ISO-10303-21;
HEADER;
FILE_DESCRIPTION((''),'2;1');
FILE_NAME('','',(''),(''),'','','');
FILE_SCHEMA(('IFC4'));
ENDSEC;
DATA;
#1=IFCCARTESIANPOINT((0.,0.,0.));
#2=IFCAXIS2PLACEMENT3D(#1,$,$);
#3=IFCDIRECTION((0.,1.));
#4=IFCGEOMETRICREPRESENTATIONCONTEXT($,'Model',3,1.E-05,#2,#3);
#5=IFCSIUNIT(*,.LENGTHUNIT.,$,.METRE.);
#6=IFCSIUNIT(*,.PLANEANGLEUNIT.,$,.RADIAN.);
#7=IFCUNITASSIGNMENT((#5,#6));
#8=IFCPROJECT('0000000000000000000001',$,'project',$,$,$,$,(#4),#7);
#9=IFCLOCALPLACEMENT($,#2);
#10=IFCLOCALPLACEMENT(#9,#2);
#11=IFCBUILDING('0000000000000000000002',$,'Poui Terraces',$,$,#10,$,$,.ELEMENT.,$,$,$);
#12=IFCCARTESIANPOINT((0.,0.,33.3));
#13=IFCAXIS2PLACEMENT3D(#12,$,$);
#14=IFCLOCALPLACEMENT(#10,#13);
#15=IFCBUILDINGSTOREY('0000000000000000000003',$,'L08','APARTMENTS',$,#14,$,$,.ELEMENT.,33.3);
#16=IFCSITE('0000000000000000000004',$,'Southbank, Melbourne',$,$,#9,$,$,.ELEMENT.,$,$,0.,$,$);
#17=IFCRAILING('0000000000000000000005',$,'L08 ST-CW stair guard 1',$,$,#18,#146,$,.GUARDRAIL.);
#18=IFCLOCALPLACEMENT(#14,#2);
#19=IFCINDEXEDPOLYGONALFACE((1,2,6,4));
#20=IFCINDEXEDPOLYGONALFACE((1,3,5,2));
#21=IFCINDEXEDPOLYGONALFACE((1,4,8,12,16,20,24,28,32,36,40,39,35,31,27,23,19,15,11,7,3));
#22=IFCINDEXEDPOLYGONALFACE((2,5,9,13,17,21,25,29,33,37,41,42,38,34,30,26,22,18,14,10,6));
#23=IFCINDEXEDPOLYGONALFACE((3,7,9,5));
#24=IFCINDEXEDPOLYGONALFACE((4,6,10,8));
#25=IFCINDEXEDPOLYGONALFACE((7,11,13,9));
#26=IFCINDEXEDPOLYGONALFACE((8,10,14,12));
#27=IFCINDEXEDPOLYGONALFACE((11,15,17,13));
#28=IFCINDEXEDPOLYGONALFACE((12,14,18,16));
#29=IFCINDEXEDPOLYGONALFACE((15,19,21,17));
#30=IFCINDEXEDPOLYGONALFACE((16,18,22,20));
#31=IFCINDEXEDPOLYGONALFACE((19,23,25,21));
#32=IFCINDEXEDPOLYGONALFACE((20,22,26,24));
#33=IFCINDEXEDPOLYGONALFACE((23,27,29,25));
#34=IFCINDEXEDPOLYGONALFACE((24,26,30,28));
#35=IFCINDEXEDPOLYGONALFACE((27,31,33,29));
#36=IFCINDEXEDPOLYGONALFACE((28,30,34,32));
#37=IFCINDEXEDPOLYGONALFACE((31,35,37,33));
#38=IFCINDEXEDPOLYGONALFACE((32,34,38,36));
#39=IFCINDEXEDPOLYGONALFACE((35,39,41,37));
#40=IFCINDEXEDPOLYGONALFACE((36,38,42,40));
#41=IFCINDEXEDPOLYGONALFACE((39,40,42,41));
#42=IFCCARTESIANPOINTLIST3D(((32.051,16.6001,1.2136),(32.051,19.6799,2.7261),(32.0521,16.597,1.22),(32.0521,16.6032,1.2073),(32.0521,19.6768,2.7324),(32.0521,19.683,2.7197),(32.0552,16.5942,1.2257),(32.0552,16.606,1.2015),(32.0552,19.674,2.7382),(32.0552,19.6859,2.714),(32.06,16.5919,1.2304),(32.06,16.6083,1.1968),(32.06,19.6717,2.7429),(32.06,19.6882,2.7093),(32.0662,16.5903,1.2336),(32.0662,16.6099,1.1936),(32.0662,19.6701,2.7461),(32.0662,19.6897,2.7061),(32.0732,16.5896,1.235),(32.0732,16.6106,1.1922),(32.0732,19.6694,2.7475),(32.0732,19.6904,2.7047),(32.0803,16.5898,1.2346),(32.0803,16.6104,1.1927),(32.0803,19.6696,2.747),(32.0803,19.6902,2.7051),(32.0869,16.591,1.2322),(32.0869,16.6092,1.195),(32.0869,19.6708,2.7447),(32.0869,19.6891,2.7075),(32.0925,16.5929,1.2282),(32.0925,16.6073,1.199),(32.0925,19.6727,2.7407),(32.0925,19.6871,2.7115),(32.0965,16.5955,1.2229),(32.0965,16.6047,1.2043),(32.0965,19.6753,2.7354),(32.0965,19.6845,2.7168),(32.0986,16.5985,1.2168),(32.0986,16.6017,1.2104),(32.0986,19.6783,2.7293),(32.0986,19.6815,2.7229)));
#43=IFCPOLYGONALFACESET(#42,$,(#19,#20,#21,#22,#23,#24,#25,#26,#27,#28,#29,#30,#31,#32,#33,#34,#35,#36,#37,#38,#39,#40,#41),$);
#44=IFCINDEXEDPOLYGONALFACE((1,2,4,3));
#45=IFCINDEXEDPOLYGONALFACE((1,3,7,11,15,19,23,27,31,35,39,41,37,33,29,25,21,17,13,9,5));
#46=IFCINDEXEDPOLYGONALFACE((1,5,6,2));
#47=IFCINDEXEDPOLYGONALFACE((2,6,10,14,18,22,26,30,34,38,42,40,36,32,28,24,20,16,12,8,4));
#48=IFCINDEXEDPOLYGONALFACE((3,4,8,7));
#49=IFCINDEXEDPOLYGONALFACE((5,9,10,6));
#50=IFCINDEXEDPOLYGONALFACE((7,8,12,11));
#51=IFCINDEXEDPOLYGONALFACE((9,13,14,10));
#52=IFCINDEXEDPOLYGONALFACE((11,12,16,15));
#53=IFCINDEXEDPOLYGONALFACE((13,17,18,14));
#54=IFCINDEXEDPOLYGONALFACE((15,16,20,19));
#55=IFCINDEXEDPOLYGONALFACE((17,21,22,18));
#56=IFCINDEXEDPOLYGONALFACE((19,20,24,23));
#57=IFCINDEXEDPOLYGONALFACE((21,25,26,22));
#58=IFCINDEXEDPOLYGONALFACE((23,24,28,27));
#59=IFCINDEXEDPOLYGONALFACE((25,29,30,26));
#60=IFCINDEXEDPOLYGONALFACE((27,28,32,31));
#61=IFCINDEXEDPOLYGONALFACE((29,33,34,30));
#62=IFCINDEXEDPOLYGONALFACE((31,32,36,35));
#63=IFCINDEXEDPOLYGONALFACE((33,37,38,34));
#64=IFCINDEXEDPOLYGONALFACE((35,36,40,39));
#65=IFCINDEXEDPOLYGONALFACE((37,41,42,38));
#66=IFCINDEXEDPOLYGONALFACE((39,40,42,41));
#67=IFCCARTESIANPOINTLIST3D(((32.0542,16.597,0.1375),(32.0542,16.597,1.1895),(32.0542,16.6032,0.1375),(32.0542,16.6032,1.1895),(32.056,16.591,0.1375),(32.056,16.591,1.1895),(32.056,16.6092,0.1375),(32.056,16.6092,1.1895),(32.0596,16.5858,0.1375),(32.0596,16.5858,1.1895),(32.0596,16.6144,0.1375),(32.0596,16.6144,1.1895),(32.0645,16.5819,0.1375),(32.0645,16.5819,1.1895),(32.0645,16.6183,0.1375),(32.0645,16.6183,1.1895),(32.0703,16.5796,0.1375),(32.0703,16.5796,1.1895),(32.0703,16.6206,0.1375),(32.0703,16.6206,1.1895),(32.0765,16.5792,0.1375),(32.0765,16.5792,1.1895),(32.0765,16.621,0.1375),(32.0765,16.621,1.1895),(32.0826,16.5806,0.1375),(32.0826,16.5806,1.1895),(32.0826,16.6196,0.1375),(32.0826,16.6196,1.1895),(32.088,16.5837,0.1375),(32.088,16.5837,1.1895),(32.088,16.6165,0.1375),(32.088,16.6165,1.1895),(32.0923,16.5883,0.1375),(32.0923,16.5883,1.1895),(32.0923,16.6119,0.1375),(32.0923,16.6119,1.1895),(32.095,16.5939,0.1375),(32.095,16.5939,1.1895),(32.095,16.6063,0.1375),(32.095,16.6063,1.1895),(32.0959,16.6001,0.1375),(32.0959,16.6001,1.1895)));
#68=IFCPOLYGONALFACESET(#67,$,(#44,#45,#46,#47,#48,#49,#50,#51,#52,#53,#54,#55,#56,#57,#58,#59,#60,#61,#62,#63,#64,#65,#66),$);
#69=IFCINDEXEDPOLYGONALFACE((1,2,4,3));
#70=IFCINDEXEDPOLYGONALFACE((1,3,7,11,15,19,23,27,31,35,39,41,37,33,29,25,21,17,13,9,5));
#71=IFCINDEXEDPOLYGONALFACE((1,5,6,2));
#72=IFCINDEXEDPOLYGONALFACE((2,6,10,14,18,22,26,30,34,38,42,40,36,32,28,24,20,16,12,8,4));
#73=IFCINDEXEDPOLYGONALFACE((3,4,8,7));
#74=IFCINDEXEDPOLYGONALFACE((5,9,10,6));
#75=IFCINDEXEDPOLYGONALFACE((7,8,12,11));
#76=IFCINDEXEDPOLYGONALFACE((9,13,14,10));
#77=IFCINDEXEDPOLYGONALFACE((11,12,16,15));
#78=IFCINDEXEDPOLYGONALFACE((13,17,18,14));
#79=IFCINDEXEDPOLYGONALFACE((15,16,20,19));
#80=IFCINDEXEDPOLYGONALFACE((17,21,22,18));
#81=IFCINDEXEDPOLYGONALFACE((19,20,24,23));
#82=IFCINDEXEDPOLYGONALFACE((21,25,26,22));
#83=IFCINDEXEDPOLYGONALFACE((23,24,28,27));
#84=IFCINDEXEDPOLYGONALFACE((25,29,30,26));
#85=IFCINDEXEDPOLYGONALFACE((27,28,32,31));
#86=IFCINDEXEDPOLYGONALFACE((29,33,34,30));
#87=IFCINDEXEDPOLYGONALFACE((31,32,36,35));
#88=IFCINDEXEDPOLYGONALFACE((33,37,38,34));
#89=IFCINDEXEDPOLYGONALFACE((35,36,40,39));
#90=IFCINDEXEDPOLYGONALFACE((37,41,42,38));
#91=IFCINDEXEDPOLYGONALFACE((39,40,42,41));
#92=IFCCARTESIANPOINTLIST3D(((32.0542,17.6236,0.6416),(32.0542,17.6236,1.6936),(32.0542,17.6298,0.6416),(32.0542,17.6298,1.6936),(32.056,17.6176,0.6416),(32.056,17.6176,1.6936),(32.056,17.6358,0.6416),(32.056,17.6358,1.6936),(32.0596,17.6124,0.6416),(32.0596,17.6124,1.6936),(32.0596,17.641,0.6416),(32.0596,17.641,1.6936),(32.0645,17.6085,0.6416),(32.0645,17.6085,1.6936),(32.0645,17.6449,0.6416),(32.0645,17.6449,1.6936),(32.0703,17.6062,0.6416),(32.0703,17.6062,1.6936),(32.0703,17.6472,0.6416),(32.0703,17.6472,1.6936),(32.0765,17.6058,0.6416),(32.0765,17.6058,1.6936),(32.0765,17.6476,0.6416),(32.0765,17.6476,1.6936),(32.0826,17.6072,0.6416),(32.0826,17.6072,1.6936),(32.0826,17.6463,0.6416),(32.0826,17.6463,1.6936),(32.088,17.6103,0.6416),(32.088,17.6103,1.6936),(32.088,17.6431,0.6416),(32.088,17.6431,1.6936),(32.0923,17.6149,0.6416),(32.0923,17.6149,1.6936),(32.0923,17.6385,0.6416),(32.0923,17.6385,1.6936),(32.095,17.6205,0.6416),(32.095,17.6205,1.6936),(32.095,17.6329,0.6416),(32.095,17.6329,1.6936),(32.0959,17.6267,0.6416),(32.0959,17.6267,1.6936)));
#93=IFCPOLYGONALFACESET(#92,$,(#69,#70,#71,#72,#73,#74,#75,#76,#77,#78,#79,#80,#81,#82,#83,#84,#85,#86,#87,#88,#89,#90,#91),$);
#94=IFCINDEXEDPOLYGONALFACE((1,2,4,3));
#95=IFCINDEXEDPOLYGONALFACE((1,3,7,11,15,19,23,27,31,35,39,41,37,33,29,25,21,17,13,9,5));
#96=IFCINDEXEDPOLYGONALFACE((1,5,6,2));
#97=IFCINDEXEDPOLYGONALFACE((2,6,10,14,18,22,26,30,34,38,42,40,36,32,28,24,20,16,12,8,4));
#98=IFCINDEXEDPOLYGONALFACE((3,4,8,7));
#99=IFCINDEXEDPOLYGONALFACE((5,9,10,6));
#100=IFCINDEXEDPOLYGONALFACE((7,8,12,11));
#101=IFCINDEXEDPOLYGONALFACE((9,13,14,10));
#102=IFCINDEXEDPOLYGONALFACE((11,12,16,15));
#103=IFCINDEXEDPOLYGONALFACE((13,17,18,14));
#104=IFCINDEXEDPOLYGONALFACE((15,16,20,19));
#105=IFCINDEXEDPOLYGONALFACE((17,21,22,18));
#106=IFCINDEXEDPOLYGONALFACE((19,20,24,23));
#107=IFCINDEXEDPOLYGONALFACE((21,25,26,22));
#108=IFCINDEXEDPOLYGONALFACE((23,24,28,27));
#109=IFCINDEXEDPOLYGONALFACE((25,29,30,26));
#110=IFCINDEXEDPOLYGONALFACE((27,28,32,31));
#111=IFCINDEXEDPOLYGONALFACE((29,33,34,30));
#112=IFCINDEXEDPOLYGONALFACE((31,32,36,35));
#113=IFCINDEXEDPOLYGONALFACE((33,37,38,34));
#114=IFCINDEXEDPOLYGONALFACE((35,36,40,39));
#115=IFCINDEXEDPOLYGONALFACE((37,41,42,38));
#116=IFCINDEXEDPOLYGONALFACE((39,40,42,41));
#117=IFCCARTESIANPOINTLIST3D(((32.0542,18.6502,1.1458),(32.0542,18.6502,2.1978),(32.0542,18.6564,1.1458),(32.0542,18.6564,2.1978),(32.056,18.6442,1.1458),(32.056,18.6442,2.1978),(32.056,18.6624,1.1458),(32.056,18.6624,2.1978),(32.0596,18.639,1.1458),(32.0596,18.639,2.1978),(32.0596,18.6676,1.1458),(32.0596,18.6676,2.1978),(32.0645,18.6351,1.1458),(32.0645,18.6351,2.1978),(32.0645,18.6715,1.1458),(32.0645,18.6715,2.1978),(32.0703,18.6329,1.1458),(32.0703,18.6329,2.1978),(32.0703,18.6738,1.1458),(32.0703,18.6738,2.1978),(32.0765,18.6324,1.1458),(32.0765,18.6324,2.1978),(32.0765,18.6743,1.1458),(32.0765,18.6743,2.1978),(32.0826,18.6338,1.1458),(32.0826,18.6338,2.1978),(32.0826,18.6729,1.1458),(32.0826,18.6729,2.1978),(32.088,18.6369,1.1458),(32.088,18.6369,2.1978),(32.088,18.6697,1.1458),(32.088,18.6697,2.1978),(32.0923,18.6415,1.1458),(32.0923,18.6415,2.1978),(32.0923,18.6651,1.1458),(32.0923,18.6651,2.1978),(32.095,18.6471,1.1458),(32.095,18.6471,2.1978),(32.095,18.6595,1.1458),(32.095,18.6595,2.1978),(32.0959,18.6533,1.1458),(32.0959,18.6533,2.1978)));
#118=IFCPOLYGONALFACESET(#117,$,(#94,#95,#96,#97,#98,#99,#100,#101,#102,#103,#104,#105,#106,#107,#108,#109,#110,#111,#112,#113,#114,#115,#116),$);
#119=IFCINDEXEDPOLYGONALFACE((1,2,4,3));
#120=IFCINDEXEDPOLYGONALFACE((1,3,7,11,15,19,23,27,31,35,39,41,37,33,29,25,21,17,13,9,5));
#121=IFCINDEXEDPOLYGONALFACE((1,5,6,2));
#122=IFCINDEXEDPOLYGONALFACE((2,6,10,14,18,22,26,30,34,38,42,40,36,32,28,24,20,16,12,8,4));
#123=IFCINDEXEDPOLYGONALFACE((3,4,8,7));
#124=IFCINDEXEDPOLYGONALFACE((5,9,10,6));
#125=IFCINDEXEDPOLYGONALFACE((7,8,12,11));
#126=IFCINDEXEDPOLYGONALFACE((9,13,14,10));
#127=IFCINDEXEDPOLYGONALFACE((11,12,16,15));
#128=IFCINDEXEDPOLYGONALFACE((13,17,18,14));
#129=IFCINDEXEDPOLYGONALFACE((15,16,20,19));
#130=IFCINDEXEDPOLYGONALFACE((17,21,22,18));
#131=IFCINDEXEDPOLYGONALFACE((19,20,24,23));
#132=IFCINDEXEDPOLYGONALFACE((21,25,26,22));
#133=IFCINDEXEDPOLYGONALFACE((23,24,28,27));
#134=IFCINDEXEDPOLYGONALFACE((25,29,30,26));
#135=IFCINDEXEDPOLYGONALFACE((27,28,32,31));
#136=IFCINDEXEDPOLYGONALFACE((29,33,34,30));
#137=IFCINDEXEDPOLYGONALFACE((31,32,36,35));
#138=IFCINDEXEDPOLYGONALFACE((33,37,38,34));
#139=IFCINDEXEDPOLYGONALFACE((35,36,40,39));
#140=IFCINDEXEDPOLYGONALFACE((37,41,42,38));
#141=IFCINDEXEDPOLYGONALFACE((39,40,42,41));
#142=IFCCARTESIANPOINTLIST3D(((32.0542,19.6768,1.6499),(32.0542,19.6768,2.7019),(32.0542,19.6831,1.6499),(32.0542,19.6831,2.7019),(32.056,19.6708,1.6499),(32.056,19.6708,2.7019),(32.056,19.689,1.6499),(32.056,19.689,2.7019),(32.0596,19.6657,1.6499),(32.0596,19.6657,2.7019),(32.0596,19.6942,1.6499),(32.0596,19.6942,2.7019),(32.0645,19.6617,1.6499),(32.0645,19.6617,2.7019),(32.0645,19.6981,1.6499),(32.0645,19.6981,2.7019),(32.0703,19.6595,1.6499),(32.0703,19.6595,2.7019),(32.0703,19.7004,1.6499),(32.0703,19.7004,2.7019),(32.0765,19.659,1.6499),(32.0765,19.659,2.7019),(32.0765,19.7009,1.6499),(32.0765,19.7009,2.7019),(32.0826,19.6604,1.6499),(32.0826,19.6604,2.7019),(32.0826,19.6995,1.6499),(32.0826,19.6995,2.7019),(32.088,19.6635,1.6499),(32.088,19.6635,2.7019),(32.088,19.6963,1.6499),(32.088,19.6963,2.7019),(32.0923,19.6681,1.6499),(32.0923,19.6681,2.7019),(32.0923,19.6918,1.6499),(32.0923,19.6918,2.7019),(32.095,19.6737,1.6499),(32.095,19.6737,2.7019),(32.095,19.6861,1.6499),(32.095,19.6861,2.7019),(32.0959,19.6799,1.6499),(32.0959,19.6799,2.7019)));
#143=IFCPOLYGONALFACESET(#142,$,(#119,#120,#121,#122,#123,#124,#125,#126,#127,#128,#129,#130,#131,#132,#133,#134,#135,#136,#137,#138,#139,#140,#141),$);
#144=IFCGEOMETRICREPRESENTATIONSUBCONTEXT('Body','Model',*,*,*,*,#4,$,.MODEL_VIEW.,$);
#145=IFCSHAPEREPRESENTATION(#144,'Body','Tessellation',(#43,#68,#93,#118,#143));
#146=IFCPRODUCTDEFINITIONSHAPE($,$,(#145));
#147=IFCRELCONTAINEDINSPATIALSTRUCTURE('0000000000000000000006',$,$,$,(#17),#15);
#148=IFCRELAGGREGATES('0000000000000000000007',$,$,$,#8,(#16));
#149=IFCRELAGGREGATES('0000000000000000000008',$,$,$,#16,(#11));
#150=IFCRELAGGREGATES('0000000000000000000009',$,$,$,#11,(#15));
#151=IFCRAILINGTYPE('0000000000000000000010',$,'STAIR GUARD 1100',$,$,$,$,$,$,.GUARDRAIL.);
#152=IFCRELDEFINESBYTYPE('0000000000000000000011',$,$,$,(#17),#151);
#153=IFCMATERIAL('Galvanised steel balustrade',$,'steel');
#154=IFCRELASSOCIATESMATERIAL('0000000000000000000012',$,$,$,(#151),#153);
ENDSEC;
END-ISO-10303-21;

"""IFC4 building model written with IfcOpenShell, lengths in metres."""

from ifc_helpers import new_model, si_unit, direction, frame, origin, origin_2d, place, context, subcontext, project, spatial, circle, extrude, material, type_object, element, save


model = new_model("IFC4")

# Units and contexts
model_context = context("Model", 3, precision=1e-05, world=origin(), true_north=direction((0.0, 1.0)))
body_context = subcontext(model_context, "Body", "Model", "MODEL_VIEW")
ifc_project = project(units=[si_unit("LENGTHUNIT", "METRE"), si_unit("PLANEANGLEUNIT", "RADIAN")], contexts=[model_context])

# Site, building, storey
site_placement = place(None, origin())
site = spatial("IfcSite", under=ifc_project, at=site_placement, Name="Southbank, Melbourne", CompositionType="ELEMENT", RefElevation=0.0)
building_placement = place(site_placement, origin())
building = spatial("IfcBuilding", under=site, at=building_placement, Name="Poui Terraces", CompositionType="ELEMENT")
storey_placement = place(building_placement, frame((0.0, 0.0, 33.3)))
storey = spatial("IfcBuildingStorey", under=building, at=storey_placement, Name="L08", Description="APARTMENTS", CompositionType="ELEMENT", Elevation=33.3)

# Railing
ifc_material_1 = material(Name="Galvanised steel balustrade", Category="steel")
railing_type_1 = type_object("IfcRailingType", Name="STAIR GUARD 1100", PredefinedType="GUARDRAIL", material=ifc_material_1)
railing_1_placement = place(storey_placement, frame((32.075, 16.6001, 0.1375)))
element("IfcRailing", 1, at=railing_1_placement, inside=storey, type_object=railing_type_1, Name="L08 ST-CW stair guard 1", PredefinedType="GUARDRAIL", context=body_context, shape_type="SweptSolid", body=[
    extrude(circle(Radius=0.0239, at=origin_2d()), frame((0.0, 0.0, 1.0762), z_axis=(0.0, 0.897606, 0.440798), x_axis=(-1.0, 0.0, 0.0)), (0.0, 0.0, 1.0), 3.4312),
    extrude(circle(Radius=0.021, at=origin_2d()), origin(), (0.0, 0.0, 1.0), 1.052),
    extrude(circle(Radius=0.021, at=origin_2d()), frame((0.0, 1.0266, 0.5042)), (0.0, 0.0, 1.0), 1.052),
    extrude(circle(Radius=0.021, at=origin_2d()), frame((0.0, 2.0532, 1.0083)), (0.0, 0.0, 1.0), 1.052),
    extrude(circle(Radius=0.021, at=origin_2d()), frame((0.0, 3.0798, 1.5125)), (0.0, 0.0, 1.0), 1.052),
])

save(model, "model.ifc")
